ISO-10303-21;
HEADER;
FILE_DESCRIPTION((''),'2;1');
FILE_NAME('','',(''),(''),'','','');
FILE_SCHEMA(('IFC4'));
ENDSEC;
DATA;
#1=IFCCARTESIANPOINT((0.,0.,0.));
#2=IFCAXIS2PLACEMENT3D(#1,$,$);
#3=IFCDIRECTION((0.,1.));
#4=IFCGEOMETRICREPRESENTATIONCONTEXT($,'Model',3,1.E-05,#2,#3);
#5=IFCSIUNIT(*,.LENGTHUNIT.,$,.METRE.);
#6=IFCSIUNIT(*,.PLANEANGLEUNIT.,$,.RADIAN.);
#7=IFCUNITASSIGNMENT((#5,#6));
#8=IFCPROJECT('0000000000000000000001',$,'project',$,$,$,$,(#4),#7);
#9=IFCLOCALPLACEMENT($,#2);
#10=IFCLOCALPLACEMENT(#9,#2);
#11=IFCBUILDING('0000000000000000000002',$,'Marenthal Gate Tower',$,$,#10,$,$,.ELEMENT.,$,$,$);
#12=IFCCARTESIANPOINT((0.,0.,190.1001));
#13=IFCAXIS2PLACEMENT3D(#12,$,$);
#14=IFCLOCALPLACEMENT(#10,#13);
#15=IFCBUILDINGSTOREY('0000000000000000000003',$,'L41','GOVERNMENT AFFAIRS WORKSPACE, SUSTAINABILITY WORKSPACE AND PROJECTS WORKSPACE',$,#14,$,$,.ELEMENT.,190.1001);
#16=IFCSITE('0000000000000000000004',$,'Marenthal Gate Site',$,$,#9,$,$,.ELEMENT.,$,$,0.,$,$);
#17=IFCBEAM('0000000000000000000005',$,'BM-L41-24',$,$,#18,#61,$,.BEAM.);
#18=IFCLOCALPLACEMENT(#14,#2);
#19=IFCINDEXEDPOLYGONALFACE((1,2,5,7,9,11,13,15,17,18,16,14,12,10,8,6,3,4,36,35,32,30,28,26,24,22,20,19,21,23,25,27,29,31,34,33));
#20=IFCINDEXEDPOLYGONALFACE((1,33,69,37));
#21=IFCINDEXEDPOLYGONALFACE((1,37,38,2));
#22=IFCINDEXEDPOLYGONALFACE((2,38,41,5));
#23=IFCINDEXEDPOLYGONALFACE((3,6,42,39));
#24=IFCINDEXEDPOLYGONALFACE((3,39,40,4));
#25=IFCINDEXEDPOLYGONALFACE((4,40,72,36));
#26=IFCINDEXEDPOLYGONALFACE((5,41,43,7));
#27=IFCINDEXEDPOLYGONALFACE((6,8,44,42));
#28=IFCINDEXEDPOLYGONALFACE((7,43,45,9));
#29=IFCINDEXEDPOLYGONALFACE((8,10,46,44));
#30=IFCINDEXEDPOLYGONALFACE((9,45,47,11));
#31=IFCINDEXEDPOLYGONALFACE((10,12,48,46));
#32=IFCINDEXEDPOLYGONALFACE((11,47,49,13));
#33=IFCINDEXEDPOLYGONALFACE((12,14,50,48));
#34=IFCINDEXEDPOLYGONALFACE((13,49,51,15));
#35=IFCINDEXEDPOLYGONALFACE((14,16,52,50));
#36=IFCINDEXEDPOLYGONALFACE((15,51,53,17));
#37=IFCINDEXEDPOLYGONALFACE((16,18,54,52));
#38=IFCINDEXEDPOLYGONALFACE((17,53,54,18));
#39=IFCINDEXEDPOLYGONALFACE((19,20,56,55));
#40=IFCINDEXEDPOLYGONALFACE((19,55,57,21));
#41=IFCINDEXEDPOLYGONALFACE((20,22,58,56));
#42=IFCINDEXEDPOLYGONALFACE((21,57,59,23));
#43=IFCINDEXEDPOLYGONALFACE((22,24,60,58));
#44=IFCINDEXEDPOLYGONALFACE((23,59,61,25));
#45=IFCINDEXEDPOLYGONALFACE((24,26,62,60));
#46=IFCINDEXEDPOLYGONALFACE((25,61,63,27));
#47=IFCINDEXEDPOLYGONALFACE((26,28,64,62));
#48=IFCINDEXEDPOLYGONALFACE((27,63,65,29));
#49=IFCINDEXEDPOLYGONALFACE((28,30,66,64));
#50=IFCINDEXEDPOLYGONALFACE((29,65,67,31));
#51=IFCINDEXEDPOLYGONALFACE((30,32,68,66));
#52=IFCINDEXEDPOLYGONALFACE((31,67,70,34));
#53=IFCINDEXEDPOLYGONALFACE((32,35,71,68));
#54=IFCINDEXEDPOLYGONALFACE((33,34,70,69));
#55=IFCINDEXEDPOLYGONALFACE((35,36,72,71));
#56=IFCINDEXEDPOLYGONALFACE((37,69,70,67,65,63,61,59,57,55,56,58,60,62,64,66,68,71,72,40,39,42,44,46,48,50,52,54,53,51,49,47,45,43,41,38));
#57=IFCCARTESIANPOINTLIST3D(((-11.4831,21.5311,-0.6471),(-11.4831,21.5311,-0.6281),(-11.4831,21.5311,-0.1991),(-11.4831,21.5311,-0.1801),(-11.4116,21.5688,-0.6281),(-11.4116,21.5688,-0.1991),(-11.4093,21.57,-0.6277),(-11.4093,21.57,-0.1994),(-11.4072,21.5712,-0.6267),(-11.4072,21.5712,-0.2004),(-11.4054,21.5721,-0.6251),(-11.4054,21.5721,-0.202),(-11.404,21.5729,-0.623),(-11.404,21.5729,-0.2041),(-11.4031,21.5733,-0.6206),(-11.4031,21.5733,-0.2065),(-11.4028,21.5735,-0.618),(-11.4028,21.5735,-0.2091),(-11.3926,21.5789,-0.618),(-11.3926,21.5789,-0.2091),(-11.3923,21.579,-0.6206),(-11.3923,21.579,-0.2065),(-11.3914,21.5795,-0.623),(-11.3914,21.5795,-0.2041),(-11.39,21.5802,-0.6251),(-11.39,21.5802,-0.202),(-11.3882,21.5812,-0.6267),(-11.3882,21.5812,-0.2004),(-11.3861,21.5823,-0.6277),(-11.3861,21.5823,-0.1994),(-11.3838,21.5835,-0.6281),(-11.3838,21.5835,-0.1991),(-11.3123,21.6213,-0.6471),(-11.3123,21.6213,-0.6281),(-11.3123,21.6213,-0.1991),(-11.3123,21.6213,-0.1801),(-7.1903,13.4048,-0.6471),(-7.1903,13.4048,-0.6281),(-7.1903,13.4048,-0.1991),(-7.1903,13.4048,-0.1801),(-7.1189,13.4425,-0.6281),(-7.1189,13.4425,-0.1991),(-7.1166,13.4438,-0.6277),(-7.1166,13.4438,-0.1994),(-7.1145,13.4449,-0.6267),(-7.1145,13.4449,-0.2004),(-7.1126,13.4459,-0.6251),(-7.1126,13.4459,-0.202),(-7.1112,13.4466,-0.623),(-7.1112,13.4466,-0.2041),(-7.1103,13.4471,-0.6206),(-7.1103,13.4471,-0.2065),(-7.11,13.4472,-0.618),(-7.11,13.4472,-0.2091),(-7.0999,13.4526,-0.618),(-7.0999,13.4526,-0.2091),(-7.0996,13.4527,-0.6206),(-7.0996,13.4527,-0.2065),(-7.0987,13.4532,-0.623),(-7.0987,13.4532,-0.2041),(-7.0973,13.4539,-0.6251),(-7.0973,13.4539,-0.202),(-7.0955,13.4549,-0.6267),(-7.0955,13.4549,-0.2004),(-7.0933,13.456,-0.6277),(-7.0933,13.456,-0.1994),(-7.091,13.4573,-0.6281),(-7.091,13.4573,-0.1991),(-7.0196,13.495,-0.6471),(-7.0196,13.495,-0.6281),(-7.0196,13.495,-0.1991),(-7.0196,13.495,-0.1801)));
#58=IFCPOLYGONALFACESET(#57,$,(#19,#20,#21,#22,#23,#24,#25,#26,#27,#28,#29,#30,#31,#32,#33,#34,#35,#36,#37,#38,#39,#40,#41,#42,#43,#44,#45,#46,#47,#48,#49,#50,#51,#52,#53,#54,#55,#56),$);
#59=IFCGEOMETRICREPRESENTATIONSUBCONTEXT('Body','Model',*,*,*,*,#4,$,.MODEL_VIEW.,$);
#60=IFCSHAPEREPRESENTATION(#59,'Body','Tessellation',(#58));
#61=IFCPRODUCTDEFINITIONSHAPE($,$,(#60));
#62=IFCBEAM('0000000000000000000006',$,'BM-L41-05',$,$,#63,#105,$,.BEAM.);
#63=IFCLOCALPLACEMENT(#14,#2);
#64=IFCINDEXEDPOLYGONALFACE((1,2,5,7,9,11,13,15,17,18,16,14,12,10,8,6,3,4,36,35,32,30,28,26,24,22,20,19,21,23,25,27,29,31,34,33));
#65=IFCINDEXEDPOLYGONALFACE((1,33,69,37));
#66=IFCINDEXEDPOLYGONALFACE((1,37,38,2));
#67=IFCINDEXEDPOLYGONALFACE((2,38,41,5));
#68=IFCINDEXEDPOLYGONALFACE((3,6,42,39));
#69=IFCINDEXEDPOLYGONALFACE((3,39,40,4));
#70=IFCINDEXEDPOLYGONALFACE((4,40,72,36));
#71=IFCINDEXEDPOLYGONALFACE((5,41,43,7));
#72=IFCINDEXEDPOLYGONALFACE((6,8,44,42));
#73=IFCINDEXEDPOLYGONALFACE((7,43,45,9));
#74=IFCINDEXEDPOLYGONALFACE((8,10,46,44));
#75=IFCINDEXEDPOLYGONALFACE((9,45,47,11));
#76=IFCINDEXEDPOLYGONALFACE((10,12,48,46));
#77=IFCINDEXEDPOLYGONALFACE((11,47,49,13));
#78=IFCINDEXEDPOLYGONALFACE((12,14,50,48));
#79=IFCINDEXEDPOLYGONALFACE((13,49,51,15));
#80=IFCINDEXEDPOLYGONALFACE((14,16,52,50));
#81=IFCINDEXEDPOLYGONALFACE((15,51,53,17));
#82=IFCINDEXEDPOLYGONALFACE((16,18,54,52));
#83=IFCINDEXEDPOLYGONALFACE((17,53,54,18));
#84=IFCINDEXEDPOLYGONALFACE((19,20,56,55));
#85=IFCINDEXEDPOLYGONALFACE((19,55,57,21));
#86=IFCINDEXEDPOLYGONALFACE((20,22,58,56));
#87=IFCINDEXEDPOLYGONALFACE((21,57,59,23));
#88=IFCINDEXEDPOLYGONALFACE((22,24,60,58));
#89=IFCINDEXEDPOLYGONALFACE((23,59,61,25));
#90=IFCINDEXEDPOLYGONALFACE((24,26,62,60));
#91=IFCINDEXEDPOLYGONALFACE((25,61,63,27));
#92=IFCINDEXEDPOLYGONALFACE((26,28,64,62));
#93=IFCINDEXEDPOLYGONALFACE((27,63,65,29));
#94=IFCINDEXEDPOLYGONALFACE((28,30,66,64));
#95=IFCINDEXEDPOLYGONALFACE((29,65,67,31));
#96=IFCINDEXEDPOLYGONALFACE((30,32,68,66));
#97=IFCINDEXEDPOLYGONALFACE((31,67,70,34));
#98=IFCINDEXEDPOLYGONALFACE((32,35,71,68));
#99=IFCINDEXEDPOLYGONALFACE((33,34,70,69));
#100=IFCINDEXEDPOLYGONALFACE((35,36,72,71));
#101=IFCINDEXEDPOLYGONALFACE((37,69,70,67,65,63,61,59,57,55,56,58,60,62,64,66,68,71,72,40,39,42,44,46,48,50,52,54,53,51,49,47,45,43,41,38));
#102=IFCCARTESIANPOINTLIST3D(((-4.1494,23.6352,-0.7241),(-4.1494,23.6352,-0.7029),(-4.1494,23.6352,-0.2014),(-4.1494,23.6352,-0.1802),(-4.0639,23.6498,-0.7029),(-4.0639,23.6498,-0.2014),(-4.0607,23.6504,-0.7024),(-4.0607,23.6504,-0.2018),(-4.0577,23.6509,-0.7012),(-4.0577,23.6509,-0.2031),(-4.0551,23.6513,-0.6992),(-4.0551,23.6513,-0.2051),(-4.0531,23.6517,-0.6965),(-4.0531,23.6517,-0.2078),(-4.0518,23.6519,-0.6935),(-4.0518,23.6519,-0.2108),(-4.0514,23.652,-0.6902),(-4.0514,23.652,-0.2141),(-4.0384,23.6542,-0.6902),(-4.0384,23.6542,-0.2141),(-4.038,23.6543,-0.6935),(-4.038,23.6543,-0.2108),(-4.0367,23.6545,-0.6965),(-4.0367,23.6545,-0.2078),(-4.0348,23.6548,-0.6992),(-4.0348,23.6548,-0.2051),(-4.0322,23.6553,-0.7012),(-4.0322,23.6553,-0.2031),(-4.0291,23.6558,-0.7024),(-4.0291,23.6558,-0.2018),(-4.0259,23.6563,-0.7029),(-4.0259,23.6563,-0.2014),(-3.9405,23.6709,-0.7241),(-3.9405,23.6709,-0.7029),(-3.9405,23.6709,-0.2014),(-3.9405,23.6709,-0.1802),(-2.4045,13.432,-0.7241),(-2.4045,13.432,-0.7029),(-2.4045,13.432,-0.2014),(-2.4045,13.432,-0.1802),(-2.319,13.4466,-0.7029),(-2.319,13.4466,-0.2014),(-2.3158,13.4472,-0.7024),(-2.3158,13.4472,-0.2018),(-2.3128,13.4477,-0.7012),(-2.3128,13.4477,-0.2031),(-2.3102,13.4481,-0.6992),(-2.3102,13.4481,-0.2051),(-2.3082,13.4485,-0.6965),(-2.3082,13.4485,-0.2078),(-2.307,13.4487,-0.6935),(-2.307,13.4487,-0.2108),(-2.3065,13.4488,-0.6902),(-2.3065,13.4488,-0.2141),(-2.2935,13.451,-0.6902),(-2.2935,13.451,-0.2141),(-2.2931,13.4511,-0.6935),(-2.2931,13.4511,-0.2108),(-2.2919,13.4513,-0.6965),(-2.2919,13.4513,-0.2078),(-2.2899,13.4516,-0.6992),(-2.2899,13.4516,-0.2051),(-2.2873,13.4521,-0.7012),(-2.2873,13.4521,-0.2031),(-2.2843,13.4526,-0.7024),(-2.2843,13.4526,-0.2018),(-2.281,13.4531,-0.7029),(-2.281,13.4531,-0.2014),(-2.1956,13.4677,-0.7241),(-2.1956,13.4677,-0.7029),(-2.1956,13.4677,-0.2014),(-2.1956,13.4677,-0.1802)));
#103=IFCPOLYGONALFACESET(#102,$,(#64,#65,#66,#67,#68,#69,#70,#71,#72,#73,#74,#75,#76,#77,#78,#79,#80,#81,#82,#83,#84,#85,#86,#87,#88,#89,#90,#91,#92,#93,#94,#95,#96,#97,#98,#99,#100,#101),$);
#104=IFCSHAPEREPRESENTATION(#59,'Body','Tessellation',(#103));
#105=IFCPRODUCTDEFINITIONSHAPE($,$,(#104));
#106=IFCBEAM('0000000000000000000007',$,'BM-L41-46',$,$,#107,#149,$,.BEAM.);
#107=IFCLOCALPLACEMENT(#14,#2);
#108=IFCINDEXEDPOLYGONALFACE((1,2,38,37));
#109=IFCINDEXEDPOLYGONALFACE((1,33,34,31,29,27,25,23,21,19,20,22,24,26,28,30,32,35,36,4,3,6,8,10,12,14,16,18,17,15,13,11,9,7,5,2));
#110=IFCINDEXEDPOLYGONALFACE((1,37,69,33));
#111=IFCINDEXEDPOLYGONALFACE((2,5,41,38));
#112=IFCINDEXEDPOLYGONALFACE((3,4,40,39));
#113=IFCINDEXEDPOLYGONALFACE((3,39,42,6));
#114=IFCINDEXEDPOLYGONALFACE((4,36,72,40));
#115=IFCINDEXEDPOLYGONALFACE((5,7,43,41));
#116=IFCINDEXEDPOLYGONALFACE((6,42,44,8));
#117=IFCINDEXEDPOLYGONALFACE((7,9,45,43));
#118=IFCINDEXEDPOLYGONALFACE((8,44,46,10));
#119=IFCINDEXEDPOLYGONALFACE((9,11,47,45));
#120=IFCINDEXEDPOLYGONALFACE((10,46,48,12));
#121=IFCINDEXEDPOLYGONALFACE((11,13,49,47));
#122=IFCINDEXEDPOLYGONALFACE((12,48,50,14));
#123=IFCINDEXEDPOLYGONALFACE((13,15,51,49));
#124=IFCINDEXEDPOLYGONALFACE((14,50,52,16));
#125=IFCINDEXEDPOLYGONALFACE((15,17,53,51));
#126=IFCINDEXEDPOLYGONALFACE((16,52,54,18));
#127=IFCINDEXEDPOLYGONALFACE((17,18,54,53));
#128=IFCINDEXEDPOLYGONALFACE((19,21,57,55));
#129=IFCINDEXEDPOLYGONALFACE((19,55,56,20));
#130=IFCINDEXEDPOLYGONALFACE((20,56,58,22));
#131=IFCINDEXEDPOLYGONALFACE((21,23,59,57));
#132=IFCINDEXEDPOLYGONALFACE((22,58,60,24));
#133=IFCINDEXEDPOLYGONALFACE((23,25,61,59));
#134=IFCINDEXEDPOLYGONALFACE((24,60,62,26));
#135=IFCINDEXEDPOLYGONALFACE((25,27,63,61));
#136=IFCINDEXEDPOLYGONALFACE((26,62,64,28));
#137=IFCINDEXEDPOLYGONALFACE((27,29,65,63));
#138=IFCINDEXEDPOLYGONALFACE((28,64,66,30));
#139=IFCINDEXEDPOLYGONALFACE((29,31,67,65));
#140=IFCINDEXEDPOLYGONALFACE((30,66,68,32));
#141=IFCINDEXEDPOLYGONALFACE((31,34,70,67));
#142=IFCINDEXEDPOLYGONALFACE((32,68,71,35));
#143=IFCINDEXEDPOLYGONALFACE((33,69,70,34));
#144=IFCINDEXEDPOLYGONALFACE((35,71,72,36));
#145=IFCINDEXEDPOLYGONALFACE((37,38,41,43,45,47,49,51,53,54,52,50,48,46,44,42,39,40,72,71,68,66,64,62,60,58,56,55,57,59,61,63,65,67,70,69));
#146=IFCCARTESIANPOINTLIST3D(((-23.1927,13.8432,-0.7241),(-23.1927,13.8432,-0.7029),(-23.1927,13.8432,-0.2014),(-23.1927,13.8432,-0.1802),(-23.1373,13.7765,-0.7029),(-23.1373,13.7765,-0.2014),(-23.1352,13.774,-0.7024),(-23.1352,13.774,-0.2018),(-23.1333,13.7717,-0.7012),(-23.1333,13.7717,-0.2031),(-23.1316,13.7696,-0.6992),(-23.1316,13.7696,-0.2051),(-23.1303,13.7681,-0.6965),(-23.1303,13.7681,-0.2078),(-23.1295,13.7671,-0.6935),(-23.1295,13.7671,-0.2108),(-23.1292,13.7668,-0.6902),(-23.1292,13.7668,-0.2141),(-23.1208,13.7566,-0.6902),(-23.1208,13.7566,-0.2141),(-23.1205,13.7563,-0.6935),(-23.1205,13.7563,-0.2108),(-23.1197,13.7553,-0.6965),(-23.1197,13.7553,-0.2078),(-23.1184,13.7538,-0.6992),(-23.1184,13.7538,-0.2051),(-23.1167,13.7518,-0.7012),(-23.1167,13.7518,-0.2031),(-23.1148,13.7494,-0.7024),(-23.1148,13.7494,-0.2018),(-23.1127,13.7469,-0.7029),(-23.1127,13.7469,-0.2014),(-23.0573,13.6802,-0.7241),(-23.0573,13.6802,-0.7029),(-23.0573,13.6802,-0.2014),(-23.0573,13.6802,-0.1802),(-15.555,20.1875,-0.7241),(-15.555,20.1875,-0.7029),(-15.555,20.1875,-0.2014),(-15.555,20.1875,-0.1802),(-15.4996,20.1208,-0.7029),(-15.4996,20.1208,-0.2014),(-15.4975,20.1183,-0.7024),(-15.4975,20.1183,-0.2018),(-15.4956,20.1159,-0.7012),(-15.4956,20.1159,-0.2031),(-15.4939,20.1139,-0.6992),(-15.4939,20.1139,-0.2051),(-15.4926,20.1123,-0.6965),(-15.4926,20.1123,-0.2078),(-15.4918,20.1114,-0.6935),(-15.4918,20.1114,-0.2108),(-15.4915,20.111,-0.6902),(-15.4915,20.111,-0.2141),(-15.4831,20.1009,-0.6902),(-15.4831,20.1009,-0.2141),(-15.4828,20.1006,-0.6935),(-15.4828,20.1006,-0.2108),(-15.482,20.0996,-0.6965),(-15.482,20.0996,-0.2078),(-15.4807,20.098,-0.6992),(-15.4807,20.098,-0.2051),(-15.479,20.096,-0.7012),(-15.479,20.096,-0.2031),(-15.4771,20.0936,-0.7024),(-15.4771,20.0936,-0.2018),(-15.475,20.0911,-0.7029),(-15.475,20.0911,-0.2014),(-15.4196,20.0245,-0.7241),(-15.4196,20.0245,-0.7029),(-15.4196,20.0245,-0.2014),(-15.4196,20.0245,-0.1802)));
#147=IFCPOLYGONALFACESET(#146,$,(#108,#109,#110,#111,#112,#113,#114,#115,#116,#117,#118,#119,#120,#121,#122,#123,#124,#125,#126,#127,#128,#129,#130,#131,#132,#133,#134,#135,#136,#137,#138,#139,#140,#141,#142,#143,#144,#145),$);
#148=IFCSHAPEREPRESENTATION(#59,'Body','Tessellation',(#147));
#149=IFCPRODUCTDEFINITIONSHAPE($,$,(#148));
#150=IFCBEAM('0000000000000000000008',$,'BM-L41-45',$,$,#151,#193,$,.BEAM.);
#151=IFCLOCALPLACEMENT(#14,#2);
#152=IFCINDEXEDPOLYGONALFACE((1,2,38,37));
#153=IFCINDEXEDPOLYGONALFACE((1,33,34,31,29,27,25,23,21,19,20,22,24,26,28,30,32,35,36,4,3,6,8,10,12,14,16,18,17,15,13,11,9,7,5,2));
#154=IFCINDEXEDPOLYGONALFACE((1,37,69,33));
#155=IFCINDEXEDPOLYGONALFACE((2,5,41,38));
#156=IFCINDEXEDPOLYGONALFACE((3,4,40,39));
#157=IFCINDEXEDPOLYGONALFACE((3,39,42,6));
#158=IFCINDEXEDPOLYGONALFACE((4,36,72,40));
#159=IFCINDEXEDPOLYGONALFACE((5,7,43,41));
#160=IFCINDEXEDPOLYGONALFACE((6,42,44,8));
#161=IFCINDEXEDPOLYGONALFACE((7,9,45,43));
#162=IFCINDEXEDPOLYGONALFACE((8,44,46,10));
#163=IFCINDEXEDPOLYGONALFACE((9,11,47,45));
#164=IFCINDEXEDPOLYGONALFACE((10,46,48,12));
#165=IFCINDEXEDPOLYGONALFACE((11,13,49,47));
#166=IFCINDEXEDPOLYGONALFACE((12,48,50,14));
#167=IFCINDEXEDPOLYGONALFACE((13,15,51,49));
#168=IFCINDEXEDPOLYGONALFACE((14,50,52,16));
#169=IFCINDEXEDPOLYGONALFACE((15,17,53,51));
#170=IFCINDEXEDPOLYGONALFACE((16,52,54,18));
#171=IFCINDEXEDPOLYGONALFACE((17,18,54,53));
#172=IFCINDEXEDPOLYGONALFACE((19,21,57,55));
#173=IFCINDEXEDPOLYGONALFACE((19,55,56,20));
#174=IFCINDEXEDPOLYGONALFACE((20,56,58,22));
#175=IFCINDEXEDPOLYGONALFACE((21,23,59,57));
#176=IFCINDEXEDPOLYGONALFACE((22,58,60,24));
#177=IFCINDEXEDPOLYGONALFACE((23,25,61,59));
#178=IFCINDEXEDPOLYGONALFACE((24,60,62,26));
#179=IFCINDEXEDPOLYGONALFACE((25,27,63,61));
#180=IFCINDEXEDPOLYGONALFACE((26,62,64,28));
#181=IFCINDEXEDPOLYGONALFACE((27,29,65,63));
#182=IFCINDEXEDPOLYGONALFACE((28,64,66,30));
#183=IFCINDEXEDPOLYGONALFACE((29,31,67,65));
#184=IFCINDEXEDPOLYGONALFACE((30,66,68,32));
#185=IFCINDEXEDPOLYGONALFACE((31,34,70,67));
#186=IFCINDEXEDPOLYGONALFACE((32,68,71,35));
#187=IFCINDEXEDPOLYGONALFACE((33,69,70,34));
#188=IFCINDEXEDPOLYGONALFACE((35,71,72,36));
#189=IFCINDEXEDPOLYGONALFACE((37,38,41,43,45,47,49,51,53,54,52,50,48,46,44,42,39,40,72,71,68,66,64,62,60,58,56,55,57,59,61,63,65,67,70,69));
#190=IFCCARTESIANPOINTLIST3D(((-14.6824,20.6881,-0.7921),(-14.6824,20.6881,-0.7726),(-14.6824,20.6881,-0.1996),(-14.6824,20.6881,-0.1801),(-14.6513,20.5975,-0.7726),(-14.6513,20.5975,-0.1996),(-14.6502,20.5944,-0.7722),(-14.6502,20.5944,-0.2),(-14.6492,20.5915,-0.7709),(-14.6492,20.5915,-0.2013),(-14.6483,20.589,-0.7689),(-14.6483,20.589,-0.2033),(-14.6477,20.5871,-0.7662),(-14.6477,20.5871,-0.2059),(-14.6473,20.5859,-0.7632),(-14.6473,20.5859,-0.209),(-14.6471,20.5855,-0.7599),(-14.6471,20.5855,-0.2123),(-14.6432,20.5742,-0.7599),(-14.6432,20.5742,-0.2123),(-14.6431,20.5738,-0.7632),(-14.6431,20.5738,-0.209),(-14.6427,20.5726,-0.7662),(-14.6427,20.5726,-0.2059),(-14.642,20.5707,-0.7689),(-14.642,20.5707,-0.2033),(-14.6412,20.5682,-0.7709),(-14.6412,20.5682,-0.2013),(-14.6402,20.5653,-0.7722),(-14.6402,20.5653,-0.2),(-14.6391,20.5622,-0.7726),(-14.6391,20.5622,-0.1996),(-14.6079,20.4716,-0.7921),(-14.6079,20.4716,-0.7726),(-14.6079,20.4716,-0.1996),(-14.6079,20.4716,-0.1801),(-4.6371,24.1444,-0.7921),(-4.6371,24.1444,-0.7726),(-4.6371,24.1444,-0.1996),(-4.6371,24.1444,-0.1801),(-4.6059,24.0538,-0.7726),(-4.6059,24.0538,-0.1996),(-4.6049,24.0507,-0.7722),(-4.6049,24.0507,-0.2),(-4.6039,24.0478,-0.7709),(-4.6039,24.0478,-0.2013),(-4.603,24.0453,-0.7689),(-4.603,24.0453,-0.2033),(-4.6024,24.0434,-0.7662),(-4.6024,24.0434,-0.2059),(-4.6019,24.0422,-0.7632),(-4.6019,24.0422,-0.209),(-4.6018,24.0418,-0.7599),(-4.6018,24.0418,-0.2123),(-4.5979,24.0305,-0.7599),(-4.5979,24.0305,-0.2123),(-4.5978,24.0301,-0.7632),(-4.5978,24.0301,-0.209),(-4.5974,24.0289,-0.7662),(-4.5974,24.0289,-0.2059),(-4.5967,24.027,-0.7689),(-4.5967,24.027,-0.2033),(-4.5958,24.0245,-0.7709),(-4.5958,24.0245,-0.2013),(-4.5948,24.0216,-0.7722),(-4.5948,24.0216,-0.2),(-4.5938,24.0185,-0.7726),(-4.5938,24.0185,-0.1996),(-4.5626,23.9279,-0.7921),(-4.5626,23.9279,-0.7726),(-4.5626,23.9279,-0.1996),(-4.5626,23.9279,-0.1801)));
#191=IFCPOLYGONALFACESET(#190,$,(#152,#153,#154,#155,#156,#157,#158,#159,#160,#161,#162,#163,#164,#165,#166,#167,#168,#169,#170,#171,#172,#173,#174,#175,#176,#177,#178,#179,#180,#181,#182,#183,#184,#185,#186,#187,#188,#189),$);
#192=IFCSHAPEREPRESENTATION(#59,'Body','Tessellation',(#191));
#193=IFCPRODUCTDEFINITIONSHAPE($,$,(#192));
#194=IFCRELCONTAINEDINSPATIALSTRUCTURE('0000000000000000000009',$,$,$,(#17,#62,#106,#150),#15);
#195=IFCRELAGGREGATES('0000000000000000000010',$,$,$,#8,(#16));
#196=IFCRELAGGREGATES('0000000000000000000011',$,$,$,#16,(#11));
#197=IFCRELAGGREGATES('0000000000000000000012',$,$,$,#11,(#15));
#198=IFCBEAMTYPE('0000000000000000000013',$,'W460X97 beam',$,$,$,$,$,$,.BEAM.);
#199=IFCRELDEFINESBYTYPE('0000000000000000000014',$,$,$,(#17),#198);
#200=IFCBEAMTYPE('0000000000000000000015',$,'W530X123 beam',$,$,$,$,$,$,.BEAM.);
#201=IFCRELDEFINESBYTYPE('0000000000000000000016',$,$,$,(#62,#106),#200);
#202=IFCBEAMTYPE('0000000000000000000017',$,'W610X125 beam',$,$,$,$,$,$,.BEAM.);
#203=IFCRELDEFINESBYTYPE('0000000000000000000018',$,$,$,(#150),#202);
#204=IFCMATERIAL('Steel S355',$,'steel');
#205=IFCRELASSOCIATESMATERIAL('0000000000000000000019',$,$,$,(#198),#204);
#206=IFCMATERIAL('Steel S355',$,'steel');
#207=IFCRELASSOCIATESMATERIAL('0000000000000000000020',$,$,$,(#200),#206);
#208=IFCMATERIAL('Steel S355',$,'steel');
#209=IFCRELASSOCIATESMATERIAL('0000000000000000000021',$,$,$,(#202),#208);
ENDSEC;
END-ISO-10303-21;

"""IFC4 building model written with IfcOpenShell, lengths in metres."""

from ifc_helpers import new_model, si_unit, direction, frame, origin, origin_2d, place, context, subcontext, project, spatial, i_section, extrude, material, material_profile, profile_set, type_object, element, save


model = new_model("IFC4")

# Units and contexts
model_context = context("Model", 3, precision=1e-05, world=origin(), true_north=direction((0.0, 1.0)))
body_context = subcontext(model_context, "Body", "Model", "MODEL_VIEW")
ifc_project = project(units=[si_unit("LENGTHUNIT", "METRE"), si_unit("PLANEANGLEUNIT", "RADIAN")], contexts=[model_context])

# Site, building, storey
site_placement = place(None, origin())
site = spatial("IfcSite", under=ifc_project, at=site_placement, Name="Marenthal Gate Site", CompositionType="ELEMENT", RefElevation=0.0)
building_placement = place(site_placement, origin())
building = spatial("IfcBuilding", under=site, at=building_placement, Name="Marenthal Gate Tower", CompositionType="ELEMENT")
storey_placement = place(building_placement, frame((0.0, 0.0, 190.1001)))
storey = spatial("IfcBuildingStorey", under=building, at=storey_placement, Name="L41", Description="GOVERNMENT AFFAIRS WORKSPACE, SUSTAINABILITY WORKSPACE AND PROJECTS WORKSPACE", CompositionType="ELEMENT", Elevation=190.1001)

# Beams
ifc_material_1 = material(Name="Steel S355", Category="steel")
ifc_material_profile_1 = material_profile(ifc_material_1, i_section(OverallWidth=0.1931, OverallDepth=0.467, WebThickness=0.0115, FlangeThickness=0.019, FilletRadius=0.01, at=origin_2d()), Name="W460X97")
ifc_profile_set_1 = profile_set([ifc_material_profile_1], Name="Steel S355")
beam_type_1 = type_object("IfcBeamType", Name="W460X97 beam", PredefinedType="BEAM", material=ifc_profile_set_1)
beam_1_placement = place(storey_placement, frame((-11.3977, 21.5762, -0.4136), z_axis=(0.467089, -0.88421, 0.0), x_axis=(0.88421, 0.467089, 0.0)))
element("IfcBeam", 1, at=beam_1_placement, inside=storey, type_object=beam_type_1, Name="BM-L41-24", PredefinedType="BEAM", context=body_context, shape_type="SweptSolid", body=[
    extrude(i_section(OverallWidth=0.1931, OverallDepth=0.467, WebThickness=0.0115, FlangeThickness=0.019, FilletRadius=0.01, at=origin_2d()), origin(), (0.0, 0.0, 1.0), 9.1904),
])
ifc_material_2 = material(Name="Steel S355", Category="steel")
ifc_material_profile_2 = material_profile(ifc_material_2, i_section(OverallWidth=0.2119, OverallDepth=0.5439, WebThickness=0.0132, FlangeThickness=0.0212, FilletRadius=0.0127, at=origin_2d()), Name="W530X123")
ifc_profile_set_2 = profile_set([ifc_material_profile_2], Name="Steel S355")
beam_type_2 = type_object("IfcBeamType", Name="W530X123 beam", PredefinedType="BEAM", material=ifc_profile_set_2)
beam_2_placement = place(storey_placement, frame((-4.0449, 23.6531, -0.4521), z_axis=(0.168566, -0.98569, 0.0), x_axis=(0.98569, 0.168566, 0.0)))
element("IfcBeam", 2, at=beam_2_placement, inside=storey, type_object=beam_type_2, Name="BM-L41-05", PredefinedType="BEAM", context=body_context, shape_type="SweptSolid", body=[
    extrude(i_section(OverallWidth=0.2119, OverallDepth=0.5439, WebThickness=0.0132, FlangeThickness=0.0212, FilletRadius=0.0127, at=origin_2d()), origin(), (0.0, 0.0, 1.0), 10.3513),
])
beam_3_placement = place(storey_placement, frame((-15.4873, 20.106, -0.4521), z_axis=(-0.769236, -0.638965, 0.0), x_axis=(0.638965, -0.769236, 0.0)))
element("IfcBeam", 3, at=beam_3_placement, inside=storey, type_object=beam_type_2, Name="BM-L41-46", PredefinedType="BEAM", context=body_context, shape_type="SweptSolid", body=[
    extrude(i_section(OverallWidth=0.2119, OverallDepth=0.5439, WebThickness=0.0132, FlangeThickness=0.0212, FilletRadius=0.0127, at=origin_2d()), origin(), (0.0, 0.0, 1.0), 9.929),
])
ifc_material_3 = material(Name="Steel S355", Category="steel")
ifc_material_profile_3 = material_profile(ifc_material_3, i_section(OverallWidth=0.229, OverallDepth=0.6121, WebThickness=0.012, FlangeThickness=0.0195, FilletRadius=0.0127, at=origin_2d()), Name="W610X125")
ifc_profile_set_3 = profile_set([ifc_material_profile_3], Name="Steel S355")
beam_type_3 = type_object("IfcBeamType", Name="W610X125 beam", PredefinedType="BEAM", material=ifc_profile_set_3)
beam_4_placement = place(storey_placement, frame((-4.5999, 24.0361, -0.4861), z_axis=(-0.945594, -0.325348, 0.0), x_axis=(0.325348, -0.945594, 0.0)))
element("IfcBeam", 4, at=beam_4_placement, inside=storey, type_object=beam_type_3, Name="BM-L41-45", PredefinedType="BEAM", context=body_context, shape_type="SweptSolid", body=[
    extrude(i_section(OverallWidth=0.229, OverallDepth=0.6121, WebThickness=0.012, FlangeThickness=0.0195, FilletRadius=0.0127, at=origin_2d()), origin(), (0.0, 0.0, 1.0), 10.6233),
])

save(model, "model.ifc")
